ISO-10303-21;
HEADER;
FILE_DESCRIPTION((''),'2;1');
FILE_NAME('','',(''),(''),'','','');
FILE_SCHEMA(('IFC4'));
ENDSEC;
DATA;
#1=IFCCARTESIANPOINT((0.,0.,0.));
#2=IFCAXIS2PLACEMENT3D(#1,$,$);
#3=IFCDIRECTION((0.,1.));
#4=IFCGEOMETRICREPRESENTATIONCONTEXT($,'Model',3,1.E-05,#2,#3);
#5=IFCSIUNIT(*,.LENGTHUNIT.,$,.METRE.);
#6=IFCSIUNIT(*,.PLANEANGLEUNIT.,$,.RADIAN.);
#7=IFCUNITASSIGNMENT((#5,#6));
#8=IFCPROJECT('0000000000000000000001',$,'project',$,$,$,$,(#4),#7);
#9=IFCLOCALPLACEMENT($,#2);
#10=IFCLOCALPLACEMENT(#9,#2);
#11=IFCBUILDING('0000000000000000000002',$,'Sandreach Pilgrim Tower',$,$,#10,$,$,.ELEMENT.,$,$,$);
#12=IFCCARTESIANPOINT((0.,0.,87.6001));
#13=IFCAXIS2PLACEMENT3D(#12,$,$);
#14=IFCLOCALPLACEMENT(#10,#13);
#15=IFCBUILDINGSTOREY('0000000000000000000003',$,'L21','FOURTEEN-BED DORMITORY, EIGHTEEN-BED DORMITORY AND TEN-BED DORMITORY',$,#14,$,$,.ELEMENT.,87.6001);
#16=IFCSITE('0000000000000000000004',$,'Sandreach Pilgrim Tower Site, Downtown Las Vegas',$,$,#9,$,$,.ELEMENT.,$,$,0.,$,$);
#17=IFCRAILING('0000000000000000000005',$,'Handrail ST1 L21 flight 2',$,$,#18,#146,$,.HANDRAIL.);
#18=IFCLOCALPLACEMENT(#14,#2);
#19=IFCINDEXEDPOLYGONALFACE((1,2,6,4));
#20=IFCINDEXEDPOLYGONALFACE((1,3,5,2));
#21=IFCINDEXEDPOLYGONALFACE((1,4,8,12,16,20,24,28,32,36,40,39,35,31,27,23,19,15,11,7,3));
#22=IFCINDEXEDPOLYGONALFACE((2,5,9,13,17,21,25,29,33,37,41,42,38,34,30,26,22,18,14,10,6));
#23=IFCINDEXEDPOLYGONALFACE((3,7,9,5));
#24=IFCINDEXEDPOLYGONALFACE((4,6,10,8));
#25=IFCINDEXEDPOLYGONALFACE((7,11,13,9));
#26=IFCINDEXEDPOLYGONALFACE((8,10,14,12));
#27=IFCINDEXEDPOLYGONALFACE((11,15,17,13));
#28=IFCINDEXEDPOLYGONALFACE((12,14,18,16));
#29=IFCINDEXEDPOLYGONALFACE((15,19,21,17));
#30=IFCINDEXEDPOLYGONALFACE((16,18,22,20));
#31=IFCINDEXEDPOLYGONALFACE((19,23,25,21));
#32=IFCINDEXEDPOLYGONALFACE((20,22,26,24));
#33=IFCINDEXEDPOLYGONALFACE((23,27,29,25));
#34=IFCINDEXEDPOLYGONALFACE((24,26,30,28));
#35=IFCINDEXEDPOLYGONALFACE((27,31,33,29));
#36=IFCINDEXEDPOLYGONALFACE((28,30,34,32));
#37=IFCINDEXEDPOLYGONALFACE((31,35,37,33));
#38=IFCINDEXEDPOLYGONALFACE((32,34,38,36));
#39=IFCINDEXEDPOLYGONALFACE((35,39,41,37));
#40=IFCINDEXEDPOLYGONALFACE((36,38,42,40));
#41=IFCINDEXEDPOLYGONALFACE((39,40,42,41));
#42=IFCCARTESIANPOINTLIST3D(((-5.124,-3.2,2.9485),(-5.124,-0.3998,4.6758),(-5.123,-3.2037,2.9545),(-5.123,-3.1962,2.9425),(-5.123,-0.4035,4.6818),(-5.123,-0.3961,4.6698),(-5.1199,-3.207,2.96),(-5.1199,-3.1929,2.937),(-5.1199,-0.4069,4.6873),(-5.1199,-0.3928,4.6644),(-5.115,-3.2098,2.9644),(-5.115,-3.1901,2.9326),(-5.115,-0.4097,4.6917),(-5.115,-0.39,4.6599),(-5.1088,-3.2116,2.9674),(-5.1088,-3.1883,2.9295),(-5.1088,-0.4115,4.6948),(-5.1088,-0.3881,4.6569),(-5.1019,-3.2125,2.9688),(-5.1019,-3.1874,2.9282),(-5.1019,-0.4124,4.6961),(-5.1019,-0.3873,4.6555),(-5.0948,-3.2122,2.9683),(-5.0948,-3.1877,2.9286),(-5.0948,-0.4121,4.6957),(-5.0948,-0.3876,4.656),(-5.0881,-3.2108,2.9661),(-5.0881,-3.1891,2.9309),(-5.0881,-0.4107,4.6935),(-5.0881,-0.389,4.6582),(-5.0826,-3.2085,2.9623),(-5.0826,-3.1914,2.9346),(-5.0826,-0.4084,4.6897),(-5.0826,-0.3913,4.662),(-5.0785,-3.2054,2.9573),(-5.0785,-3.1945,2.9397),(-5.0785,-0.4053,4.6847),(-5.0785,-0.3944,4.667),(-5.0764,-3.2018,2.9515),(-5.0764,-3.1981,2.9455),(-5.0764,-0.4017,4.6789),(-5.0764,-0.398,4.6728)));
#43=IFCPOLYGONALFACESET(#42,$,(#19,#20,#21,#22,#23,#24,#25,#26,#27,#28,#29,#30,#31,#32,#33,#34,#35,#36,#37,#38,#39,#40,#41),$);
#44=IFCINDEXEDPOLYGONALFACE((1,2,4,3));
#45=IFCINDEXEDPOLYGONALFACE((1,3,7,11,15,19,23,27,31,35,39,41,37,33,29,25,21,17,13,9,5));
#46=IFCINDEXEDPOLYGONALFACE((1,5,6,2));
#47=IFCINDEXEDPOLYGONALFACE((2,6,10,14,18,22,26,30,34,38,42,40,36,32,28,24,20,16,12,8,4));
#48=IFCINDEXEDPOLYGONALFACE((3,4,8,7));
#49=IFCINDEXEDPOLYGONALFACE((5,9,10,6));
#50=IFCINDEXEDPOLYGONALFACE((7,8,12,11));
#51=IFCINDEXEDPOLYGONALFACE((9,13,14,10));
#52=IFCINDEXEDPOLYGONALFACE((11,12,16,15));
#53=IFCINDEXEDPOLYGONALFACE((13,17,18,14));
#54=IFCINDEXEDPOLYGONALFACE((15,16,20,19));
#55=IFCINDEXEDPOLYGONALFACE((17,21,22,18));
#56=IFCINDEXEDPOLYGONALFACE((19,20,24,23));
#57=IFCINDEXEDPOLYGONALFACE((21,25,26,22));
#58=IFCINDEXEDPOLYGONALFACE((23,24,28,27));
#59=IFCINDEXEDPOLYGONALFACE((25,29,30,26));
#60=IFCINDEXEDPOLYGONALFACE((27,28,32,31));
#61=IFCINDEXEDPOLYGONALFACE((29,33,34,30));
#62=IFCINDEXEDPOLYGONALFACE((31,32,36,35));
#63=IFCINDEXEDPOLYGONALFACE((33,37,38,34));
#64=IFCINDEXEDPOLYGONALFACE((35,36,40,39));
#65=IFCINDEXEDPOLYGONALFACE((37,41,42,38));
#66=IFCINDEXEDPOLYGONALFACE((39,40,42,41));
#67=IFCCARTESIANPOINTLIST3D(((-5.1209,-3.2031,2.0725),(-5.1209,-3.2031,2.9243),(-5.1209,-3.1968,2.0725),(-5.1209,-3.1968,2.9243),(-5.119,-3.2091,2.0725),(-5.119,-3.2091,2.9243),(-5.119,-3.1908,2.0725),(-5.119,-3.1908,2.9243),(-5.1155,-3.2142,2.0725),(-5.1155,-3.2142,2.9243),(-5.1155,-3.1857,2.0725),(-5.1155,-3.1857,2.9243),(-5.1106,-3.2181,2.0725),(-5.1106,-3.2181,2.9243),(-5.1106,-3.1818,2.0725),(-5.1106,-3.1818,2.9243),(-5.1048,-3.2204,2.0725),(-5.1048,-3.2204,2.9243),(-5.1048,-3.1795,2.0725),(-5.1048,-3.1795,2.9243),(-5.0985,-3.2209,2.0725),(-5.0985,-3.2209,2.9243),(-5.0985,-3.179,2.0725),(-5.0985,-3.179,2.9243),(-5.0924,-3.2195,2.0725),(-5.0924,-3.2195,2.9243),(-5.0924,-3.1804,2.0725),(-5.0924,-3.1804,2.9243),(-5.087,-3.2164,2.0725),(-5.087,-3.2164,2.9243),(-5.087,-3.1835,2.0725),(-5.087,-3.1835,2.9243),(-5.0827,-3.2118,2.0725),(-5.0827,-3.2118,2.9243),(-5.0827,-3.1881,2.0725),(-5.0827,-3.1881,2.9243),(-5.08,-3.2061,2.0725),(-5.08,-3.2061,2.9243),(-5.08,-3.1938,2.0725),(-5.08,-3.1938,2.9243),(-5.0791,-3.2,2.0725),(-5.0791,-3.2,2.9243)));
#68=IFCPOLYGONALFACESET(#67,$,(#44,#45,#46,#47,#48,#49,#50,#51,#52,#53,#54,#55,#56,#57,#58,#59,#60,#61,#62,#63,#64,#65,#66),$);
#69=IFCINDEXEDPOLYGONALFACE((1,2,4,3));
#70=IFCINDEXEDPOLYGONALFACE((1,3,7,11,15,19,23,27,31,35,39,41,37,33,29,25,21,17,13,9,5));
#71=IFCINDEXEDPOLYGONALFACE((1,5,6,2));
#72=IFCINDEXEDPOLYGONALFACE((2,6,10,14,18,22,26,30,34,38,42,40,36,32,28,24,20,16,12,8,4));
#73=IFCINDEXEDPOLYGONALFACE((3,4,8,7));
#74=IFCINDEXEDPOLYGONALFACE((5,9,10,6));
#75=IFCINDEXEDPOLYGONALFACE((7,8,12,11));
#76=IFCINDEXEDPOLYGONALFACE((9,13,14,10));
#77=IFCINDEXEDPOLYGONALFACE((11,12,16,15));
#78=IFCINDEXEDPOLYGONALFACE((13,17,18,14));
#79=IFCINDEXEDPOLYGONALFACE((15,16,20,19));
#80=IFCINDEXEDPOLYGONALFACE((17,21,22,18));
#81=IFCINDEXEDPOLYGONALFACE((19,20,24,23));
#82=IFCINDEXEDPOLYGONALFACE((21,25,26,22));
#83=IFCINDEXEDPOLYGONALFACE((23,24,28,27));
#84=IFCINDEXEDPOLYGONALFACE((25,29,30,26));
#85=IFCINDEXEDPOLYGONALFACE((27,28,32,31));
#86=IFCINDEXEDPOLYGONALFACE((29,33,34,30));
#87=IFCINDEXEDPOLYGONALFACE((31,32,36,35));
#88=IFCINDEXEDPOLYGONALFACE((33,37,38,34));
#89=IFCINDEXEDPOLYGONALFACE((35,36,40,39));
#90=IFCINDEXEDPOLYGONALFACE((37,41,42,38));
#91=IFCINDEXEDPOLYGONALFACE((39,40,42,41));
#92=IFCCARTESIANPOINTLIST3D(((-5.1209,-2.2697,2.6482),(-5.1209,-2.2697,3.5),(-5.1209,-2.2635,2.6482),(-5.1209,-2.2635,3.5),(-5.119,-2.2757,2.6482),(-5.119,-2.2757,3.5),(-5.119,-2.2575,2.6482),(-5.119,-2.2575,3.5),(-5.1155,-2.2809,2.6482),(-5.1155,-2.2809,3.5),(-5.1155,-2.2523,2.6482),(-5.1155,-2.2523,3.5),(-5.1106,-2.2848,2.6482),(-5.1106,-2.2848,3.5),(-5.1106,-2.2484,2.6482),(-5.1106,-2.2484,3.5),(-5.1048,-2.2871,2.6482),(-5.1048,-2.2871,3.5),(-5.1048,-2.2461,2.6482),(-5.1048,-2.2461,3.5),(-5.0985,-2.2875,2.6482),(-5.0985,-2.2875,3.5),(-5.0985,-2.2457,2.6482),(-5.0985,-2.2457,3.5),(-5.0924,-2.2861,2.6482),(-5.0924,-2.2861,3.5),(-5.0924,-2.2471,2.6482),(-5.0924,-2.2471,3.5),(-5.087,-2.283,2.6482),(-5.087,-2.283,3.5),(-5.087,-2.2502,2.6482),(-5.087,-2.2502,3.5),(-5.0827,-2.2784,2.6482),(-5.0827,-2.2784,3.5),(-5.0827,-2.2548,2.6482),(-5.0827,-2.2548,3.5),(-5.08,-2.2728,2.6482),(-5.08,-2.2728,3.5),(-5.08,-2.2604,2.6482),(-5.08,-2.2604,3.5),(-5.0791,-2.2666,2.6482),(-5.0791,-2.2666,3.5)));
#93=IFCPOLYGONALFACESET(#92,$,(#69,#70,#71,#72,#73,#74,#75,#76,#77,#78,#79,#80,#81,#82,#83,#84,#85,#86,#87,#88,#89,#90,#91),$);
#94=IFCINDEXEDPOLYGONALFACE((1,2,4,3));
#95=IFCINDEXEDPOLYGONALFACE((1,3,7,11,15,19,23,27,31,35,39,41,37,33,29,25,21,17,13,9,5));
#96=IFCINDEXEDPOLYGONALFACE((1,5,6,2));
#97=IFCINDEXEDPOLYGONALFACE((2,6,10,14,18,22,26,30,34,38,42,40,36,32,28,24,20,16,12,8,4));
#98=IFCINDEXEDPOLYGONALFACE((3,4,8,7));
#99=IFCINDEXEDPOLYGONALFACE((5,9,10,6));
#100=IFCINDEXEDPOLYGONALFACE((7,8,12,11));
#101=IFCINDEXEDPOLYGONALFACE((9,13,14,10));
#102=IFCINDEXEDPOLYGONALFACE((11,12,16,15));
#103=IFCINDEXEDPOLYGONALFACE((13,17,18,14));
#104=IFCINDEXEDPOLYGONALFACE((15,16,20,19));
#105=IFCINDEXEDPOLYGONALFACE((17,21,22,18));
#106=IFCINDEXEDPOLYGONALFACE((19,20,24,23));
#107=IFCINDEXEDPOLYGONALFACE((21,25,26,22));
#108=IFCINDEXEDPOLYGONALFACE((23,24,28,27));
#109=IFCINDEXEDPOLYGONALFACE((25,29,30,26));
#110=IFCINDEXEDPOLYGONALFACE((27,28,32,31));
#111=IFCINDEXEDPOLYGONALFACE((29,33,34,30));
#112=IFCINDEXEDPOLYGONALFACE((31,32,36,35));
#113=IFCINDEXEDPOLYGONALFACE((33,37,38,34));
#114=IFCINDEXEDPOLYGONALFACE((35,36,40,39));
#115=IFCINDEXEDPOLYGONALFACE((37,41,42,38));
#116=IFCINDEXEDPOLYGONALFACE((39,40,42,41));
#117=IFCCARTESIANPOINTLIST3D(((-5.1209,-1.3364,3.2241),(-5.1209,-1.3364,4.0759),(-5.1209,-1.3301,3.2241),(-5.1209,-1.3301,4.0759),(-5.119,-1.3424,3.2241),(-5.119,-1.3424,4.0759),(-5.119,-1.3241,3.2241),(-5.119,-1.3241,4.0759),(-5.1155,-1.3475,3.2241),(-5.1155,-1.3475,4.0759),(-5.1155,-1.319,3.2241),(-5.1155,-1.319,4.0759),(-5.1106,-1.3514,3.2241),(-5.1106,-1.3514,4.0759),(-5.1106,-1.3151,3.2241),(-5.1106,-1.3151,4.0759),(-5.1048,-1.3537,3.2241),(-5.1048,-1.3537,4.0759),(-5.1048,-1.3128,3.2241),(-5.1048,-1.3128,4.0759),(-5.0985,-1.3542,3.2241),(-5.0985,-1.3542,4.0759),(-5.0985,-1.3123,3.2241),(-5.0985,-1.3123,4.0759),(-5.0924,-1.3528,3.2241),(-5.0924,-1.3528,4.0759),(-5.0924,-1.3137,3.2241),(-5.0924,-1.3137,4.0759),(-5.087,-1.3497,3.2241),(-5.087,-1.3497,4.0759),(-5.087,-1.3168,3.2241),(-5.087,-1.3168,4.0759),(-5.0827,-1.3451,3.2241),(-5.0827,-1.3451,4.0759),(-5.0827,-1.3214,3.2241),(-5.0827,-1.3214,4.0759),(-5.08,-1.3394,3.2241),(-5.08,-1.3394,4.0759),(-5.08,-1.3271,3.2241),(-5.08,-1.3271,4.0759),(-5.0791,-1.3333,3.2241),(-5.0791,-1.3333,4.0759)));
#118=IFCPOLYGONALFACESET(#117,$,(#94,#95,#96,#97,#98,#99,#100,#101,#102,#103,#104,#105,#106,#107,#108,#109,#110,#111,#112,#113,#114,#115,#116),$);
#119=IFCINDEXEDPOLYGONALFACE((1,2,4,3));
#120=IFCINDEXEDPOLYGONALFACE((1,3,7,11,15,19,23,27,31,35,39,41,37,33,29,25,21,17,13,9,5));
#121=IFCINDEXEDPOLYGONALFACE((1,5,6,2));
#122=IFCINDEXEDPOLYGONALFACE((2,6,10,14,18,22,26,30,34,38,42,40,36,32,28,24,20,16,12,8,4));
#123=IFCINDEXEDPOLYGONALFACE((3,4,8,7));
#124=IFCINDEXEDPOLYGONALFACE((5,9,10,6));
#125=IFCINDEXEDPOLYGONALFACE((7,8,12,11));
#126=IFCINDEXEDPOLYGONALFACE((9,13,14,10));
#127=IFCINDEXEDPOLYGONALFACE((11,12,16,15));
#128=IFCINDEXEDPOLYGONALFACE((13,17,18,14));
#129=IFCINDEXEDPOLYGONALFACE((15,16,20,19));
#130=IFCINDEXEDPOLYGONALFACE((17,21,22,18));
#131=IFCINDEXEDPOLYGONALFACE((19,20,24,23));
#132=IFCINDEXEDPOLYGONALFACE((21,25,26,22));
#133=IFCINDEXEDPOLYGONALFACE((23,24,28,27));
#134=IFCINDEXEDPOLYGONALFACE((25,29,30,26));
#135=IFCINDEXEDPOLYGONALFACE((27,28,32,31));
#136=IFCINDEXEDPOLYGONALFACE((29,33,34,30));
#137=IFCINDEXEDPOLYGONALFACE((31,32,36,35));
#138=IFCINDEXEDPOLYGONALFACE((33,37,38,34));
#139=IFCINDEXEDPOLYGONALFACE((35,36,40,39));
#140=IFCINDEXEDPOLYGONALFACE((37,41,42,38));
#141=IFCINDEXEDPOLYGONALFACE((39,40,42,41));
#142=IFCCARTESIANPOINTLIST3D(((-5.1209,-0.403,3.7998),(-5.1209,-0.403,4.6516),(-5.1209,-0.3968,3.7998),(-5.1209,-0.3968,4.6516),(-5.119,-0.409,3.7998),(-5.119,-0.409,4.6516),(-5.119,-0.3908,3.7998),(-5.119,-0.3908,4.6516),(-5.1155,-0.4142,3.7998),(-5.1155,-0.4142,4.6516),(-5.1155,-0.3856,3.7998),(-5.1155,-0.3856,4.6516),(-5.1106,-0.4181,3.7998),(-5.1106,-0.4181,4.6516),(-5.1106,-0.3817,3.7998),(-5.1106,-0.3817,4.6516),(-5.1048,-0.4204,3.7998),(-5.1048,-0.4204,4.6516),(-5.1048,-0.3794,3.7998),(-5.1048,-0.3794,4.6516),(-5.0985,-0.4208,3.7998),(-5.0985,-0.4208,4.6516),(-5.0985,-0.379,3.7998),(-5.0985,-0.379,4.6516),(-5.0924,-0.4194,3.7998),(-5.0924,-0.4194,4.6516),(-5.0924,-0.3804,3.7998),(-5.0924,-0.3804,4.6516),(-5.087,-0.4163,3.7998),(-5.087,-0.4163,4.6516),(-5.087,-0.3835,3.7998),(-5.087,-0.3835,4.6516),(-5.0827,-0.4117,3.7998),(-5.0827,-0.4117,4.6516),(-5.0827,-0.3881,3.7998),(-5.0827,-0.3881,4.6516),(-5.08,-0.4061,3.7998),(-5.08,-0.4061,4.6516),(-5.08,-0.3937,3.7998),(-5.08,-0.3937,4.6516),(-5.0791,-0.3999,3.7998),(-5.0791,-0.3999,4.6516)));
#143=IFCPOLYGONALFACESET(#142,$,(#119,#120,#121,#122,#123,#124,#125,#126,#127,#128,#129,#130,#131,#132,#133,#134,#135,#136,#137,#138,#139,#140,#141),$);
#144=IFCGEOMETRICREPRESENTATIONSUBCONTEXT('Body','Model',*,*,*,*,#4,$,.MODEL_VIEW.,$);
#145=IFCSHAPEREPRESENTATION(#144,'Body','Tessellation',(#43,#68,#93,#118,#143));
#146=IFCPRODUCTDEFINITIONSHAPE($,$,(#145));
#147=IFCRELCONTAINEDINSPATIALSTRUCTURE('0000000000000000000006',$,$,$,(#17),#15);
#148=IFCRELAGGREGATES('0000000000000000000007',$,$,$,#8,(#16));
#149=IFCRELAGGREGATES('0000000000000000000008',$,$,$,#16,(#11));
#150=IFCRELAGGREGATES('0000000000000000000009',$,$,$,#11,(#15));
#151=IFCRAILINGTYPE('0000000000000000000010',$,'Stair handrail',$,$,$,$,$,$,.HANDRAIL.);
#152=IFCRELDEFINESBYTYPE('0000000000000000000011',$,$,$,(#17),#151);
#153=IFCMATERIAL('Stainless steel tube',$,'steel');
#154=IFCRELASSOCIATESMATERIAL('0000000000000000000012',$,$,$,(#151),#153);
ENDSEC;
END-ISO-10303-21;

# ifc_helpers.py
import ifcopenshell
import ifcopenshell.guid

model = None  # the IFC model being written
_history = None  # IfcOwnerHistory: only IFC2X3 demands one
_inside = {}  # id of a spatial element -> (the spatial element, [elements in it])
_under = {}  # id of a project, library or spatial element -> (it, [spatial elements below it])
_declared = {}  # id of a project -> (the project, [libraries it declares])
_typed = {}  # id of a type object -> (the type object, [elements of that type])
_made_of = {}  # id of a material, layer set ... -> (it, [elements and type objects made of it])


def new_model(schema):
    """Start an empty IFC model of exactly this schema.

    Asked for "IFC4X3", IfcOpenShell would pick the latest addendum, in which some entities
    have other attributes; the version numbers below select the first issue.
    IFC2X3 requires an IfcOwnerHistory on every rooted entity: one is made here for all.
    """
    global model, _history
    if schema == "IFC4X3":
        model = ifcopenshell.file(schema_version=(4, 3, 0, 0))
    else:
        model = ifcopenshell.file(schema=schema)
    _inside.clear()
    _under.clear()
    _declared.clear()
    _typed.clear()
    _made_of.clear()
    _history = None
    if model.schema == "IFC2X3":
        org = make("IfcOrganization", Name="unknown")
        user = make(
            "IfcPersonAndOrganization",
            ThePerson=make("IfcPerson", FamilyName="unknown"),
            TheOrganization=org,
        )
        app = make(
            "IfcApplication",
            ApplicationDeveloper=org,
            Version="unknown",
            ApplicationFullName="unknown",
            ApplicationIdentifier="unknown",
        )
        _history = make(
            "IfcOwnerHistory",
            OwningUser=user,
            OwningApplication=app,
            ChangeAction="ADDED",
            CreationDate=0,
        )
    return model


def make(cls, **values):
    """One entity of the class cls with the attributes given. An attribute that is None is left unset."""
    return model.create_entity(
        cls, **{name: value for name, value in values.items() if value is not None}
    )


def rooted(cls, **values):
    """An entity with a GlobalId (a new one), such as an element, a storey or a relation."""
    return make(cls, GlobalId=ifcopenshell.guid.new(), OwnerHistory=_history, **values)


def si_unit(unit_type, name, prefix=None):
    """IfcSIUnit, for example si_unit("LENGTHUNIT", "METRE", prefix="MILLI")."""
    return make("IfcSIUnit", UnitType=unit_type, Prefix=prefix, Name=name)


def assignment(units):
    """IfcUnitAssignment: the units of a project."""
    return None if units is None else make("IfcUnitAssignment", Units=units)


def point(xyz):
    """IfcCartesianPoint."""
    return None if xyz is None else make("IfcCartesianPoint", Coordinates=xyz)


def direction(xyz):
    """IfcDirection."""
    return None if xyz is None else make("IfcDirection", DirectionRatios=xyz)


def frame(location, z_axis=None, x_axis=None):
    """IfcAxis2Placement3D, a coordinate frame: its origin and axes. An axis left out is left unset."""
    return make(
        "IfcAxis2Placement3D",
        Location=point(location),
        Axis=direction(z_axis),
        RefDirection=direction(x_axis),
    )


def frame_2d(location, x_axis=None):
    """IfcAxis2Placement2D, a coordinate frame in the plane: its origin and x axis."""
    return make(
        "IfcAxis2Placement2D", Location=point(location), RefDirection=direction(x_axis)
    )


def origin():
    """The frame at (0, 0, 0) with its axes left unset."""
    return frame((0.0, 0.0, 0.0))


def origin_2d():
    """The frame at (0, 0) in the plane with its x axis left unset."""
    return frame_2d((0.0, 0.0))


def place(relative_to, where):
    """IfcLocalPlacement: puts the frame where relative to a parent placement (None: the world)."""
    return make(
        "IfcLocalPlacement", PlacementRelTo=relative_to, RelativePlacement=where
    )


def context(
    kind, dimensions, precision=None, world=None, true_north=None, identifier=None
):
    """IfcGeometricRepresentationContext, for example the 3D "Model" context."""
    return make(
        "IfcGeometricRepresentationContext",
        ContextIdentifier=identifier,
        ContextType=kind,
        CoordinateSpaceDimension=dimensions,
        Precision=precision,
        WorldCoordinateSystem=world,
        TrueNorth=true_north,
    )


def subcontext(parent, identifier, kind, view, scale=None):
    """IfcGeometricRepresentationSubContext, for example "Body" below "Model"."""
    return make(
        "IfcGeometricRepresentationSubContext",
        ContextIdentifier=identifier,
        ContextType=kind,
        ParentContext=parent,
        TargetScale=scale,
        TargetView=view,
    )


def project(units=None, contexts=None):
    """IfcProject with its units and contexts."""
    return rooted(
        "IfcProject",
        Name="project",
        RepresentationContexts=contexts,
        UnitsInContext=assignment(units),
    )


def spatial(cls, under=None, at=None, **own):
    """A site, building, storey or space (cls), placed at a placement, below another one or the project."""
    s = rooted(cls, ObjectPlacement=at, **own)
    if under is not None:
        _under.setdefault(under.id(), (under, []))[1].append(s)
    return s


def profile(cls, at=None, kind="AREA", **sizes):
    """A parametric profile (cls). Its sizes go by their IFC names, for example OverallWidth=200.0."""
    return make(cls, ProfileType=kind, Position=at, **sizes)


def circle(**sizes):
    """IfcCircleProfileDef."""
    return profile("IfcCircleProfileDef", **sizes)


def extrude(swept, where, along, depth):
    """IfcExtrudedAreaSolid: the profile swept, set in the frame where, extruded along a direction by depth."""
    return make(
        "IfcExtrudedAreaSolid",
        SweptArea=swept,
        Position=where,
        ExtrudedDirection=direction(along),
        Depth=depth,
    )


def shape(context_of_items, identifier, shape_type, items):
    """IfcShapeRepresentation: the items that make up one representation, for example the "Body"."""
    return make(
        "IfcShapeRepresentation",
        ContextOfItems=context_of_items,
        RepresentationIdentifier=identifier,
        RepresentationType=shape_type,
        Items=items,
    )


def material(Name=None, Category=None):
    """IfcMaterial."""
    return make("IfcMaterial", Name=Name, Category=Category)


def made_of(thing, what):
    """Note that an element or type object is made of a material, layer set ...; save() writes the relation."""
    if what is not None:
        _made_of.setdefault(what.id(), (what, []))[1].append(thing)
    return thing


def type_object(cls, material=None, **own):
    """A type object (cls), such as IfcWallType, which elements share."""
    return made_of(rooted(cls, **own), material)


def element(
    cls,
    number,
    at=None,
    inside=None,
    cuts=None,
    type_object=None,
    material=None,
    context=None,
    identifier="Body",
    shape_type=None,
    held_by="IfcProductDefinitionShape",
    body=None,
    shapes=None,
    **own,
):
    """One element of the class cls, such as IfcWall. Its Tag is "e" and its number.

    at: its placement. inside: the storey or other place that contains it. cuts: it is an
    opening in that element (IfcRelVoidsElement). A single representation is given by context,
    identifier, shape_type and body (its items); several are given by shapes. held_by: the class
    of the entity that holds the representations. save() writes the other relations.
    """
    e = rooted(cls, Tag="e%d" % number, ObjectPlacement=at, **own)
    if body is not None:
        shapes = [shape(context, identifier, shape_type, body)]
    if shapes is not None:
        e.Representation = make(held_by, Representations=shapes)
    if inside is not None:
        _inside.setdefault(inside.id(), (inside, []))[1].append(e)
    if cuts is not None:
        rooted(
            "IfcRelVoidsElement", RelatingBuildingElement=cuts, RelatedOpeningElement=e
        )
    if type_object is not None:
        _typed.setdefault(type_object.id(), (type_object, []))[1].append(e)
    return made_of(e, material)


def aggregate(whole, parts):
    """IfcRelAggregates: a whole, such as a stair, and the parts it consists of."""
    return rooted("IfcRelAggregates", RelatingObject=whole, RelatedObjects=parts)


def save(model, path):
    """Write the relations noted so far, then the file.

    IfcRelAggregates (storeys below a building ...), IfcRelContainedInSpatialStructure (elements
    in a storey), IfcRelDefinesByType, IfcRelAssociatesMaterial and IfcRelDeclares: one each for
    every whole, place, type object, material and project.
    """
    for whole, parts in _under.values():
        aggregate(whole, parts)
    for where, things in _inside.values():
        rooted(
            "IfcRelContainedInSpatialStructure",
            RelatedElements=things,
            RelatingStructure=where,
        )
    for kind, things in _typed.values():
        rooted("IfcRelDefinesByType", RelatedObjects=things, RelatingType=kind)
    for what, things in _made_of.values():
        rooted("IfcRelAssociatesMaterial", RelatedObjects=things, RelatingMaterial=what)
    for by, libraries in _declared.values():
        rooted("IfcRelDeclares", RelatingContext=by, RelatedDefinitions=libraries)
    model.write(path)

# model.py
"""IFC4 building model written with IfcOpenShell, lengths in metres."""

from ifc_helpers import new_model, si_unit, direction, frame, origin, origin_2d, place, context, subcontext, project, spatial, circle, extrude, material, type_object, element, save


model = new_model("IFC4")

# Units and contexts
model_context = context("Model", 3, precision=1e-05, world=origin(), true_north=direction((0.0, 1.0)))
body_context = subcontext(model_context, "Body", "Model", "MODEL_VIEW")
ifc_project = project(units=[si_unit("LENGTHUNIT", "METRE"), si_unit("PLANEANGLEUNIT", "RADIAN")], contexts=[model_context])

# Site, building, storey
site_placement = place(None, origin())
site = spatial("IfcSite", under=ifc_project, at=site_placement, Name="Sandreach Pilgrim Tower Site, Downtown Las Vegas", CompositionType="ELEMENT", RefElevation=0.0)
building_placement = place(site_placement, origin())
building = spatial("IfcBuilding", under=site, at=building_placement, Name="Sandreach Pilgrim Tower", CompositionType="ELEMENT")
storey_placement = place(building_placement, frame((0.0, 0.0, 87.6001)))
storey = spatial("IfcBuildingStorey", under=building, at=storey_placement, Name="L21", Description="FOURTEEN-BED DORMITORY, EIGHTEEN-BED DORMITORY AND TEN-BED DORMITORY", CompositionType="ELEMENT", Elevation=87.6001)

# Railing
ifc_material_1 = material(Name="Stainless steel tube", Category="steel")
railing_type = type_object("IfcRailingType", Name="Stair handrail", PredefinedType="HANDRAIL", material=ifc_material_1)
for number, where, name in (
    (1, (-5.1001, -3.2, 2.0725), "Handrail ST1 L21 flight 2"),
):
    element("IfcRailing", number, at=place(storey_placement, frame(where)), inside=storey, type_object=railing_type, Name=name, PredefinedType="HANDRAIL", context=body_context, shape_type="SweptSolid", body=[
        extrude(circle(Radius=0.0239, at=origin_2d()), frame((0.0, 0.0, 0.876), z_axis=(0.0, 0.85109, 0.52502), x_axis=(-1.0, 0.0, 0.0)), (0.0, 0.0, 1.0), 3.29),
        extrude(circle(Radius=0.021, at=origin_2d()), origin(), (0.0, 0.0, 1.0), 0.8518),
        extrude(circle(Radius=0.021, at=origin_2d()), frame((0.0, 0.9333, 0.5757)), (0.0, 0.0, 1.0), 0.8518),
        extrude(circle(Radius=0.021, at=origin_2d()), frame((0.0, 1.8667, 1.1516)), (0.0, 0.0, 1.0), 0.8518),
        extrude(circle(Radius=0.021, at=origin_2d()), frame((0.0, 2.8, 1.7273)), (0.0, 0.0, 1.0), 0.8518),
    ])

save(model, "model.ifc")
